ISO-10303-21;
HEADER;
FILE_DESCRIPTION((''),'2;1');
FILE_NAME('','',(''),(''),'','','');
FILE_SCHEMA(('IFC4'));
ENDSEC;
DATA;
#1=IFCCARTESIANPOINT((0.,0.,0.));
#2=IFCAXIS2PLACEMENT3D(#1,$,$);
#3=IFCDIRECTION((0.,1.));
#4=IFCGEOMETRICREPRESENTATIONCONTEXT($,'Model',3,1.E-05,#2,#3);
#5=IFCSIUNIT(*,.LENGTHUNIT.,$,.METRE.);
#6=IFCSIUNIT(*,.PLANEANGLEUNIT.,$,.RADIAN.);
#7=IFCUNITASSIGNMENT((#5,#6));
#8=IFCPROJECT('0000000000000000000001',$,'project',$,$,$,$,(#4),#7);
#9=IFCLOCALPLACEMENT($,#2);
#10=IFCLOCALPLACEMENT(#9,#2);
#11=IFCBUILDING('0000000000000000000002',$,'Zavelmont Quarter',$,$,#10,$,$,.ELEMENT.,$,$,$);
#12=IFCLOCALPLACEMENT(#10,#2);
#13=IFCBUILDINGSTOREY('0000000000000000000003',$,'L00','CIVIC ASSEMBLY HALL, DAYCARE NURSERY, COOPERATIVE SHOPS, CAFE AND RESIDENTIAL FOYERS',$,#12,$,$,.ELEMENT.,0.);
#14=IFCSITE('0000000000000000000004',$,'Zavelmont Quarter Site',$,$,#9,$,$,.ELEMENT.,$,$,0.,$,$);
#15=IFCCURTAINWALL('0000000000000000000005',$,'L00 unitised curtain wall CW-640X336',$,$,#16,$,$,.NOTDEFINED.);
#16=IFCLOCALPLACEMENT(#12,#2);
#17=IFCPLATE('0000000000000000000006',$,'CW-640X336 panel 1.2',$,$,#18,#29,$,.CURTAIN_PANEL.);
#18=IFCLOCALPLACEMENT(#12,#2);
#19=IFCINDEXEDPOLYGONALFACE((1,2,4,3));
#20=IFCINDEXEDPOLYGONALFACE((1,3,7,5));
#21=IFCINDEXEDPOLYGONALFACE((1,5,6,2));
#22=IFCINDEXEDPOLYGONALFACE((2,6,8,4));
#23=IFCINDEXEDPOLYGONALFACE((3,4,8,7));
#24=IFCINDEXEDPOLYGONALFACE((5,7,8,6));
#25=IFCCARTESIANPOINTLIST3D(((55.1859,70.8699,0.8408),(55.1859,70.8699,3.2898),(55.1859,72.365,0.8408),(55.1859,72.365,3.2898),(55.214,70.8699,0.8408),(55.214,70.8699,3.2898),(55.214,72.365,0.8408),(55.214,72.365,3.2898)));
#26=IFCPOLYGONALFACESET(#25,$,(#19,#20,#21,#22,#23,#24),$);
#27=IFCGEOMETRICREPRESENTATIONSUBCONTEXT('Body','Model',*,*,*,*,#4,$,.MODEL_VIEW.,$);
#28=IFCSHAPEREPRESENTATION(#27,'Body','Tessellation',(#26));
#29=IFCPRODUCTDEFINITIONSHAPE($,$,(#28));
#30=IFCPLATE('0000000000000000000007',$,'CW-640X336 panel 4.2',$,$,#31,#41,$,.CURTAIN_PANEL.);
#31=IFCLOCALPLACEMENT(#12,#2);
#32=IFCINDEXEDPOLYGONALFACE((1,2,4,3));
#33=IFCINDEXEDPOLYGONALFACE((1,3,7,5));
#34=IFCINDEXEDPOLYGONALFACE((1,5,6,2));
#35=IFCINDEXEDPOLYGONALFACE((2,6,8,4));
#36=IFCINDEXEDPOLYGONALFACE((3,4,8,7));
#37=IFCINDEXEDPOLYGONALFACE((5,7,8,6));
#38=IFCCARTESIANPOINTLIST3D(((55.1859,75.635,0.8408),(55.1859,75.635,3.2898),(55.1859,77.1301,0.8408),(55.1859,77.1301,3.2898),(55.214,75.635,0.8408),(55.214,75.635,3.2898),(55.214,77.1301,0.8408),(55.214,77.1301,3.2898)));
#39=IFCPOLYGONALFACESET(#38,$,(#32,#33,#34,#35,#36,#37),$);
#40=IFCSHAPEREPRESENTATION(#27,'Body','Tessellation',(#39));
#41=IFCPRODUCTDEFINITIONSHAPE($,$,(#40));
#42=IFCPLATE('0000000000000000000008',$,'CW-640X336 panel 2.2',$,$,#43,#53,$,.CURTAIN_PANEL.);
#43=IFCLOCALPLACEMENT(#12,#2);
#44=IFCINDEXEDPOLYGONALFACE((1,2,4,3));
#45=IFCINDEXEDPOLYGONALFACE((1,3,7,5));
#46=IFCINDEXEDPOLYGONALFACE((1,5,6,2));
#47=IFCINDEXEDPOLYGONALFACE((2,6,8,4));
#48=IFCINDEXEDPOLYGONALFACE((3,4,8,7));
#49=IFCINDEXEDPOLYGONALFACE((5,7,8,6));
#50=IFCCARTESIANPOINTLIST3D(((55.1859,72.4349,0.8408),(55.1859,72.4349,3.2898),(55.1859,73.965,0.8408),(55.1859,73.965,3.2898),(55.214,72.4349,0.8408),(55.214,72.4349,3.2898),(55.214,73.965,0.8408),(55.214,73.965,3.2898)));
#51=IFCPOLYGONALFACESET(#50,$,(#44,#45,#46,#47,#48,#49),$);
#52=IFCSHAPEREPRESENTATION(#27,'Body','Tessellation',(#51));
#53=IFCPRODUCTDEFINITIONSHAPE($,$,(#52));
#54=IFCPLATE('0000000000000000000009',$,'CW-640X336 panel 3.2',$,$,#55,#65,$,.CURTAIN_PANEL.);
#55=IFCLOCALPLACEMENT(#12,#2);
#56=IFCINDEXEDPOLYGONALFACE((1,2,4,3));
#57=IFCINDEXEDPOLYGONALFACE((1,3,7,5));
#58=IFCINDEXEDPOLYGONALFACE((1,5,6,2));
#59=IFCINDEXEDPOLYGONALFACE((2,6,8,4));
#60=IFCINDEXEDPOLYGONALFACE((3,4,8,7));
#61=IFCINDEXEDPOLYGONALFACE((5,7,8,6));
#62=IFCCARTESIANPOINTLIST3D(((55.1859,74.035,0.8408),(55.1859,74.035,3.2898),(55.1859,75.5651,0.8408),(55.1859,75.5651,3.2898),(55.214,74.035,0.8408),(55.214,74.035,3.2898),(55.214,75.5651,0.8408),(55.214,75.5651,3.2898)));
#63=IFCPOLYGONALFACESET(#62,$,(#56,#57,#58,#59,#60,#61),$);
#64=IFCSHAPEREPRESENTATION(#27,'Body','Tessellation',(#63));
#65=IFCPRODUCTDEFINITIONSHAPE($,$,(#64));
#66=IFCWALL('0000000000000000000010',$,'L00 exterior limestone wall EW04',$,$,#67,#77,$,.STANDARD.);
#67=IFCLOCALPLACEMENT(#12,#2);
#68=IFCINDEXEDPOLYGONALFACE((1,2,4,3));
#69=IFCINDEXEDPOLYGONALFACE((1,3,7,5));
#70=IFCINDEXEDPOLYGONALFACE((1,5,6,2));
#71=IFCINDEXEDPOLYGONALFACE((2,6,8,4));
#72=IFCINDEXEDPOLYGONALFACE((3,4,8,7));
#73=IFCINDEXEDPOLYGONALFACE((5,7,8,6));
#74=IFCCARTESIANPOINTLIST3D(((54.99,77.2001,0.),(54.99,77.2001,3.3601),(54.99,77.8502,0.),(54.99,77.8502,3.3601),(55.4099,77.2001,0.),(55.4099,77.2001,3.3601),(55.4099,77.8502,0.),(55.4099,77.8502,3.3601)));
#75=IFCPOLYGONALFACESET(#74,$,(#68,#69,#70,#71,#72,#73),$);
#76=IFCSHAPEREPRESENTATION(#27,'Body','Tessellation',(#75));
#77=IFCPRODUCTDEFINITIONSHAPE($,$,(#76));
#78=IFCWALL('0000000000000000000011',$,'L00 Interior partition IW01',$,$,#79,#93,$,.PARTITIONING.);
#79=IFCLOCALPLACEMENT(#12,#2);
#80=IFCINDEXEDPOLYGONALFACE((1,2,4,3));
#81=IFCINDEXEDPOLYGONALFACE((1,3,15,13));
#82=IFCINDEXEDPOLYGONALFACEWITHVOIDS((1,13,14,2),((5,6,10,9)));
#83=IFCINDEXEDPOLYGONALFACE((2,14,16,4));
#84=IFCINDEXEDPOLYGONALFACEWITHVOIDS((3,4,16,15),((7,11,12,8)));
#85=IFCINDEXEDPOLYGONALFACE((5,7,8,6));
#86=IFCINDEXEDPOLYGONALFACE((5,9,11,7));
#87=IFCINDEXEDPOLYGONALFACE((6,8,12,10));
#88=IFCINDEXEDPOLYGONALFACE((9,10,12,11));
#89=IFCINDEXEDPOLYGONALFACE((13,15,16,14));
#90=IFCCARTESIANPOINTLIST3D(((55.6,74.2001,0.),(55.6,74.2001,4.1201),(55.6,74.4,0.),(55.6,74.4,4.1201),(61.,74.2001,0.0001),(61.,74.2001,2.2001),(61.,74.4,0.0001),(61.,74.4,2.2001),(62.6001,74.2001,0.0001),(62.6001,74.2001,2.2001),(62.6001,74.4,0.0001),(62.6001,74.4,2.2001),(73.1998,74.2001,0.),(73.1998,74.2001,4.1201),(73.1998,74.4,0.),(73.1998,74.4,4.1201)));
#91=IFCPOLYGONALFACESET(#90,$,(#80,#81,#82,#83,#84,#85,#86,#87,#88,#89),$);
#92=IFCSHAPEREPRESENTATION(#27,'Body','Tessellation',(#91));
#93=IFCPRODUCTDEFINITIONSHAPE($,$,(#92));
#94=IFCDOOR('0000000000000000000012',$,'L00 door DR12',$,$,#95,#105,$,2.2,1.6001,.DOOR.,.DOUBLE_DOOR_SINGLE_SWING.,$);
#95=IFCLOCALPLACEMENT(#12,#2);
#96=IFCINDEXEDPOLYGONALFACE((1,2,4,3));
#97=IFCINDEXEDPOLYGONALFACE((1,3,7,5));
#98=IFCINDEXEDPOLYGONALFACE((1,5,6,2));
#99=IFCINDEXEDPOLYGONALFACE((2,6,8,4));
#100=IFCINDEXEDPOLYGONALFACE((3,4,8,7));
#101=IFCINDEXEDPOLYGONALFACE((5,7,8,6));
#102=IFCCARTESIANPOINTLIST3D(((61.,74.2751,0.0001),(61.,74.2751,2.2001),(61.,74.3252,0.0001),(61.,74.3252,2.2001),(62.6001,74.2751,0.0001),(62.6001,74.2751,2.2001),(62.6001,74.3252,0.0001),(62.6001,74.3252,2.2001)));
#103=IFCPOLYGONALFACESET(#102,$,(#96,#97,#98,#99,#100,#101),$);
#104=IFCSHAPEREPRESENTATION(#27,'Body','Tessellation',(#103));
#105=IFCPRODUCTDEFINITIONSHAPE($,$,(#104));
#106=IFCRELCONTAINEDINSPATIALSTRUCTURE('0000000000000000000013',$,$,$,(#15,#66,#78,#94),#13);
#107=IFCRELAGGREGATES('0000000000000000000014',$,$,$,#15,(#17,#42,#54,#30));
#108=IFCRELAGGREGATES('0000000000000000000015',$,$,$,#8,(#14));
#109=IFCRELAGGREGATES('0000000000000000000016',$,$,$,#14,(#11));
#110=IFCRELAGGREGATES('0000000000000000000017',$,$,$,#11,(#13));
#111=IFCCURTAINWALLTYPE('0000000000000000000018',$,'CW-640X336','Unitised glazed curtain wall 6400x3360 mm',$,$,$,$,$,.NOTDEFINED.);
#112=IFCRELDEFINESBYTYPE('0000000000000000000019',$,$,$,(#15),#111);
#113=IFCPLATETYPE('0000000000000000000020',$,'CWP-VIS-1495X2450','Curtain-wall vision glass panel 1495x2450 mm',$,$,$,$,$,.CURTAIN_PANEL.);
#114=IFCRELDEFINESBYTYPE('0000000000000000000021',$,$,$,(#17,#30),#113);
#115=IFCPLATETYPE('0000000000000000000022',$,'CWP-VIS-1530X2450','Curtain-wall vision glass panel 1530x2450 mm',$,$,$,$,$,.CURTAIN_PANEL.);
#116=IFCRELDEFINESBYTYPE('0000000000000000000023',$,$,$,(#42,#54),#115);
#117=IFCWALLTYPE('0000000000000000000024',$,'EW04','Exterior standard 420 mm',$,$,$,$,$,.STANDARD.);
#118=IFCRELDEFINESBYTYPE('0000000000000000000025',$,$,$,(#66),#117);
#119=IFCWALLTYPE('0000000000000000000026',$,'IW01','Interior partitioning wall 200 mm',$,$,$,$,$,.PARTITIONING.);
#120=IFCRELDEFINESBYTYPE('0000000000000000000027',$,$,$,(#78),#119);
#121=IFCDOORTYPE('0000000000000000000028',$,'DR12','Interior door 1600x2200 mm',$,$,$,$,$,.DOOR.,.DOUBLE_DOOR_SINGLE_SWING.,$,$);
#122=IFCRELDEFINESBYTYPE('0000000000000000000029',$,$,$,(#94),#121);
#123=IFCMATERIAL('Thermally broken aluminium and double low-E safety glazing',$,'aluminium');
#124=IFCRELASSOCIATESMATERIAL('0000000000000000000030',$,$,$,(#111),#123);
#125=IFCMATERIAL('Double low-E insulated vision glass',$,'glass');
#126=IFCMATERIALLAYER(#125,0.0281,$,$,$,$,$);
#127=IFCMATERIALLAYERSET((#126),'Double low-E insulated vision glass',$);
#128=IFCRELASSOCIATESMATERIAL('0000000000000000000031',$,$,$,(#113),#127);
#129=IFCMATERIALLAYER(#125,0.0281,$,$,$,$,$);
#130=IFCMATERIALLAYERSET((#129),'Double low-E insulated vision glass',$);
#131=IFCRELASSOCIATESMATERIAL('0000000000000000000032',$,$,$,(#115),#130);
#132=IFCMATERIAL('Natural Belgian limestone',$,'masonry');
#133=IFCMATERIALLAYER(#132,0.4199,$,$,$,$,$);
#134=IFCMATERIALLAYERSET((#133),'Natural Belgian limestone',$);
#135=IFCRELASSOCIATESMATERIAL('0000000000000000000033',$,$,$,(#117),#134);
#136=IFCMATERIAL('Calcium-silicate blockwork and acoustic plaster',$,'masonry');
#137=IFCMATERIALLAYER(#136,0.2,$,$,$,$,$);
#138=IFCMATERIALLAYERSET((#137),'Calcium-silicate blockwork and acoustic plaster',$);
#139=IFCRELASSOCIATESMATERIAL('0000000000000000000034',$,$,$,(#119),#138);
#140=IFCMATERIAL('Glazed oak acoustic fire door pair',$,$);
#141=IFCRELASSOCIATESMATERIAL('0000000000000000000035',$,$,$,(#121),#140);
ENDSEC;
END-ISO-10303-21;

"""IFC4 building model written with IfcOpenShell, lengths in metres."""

from ifc_helpers import new_model, si_unit, direction, frame, frame_2d, origin, origin_2d, place, context, subcontext, project, spatial, rectangle, extrude, material, layer, layer_set, type_object, element, fill, aggregate, save


model = new_model("IFC4")

# Units and contexts
model_context = context("Model", 3, precision=1e-05, world=origin(), true_north=direction((0.0, 1.0)))
body_context = subcontext(model_context, "Body", "Model", "MODEL_VIEW")
ifc_project = project(units=[si_unit("LENGTHUNIT", "METRE"), si_unit("PLANEANGLEUNIT", "RADIAN")], contexts=[model_context])

# Site, building, storey
site_placement = place(None, origin())
site = spatial("IfcSite", under=ifc_project, at=site_placement, Name="Zavelmont Quarter Site", CompositionType="ELEMENT", RefElevation=0.0)
building_placement = place(site_placement, origin())
building = spatial("IfcBuilding", under=site, at=building_placement, Name="Zavelmont Quarter", CompositionType="ELEMENT")
storey_placement = place(building_placement, origin())
storey = spatial("IfcBuildingStorey", under=building, at=storey_placement, Name="L00", Description="CIVIC ASSEMBLY HALL, DAYCARE NURSERY, COOPERATIVE SHOPS, CAFE AND RESIDENTIAL FOYERS", CompositionType="ELEMENT", Elevation=0.0)

# Curtain wall, plates
ifc_material_1 = material(Name="Thermally broken aluminium and double low-E safety glazing", Category="aluminium")
curtain_wall_type = type_object("IfcCurtainWallType", Name="CW-640X336", Description="Unitised glazed curtain wall 6400x3360 mm", PredefinedType="NOTDEFINED", material=ifc_material_1)
curtain_wall_placement = place(storey_placement, origin())
curtain_wall = element("IfcCurtainWall", 1, at=curtain_wall_placement, inside=storey, type_object=curtain_wall_type, Name="L00 unitised curtain wall CW-640X336", PredefinedType="NOTDEFINED")
ifc_material_2 = material(Name="Double low-E insulated vision glass", Category="glass")
ifc_layer_1 = layer(ifc_material_2, 0.0281)
ifc_layer_set_1 = layer_set([ifc_layer_1], Name="Double low-E insulated vision glass")
plate_type_1 = type_object("IfcPlateType", Name="CWP-VIS-1495X2450", Description="Curtain-wall vision glass panel 1495x2450 mm", PredefinedType="CURTAIN_PANEL", material=ifc_layer_set_1)
plate_1_placement = place(storey_placement, frame((55.2, 71.6174, 0.8408), z_axis=(0.0, 0.0, 1.0), x_axis=(0.0, 1.0, 0.0)))
plate_1 = element("IfcPlate", 2, at=plate_1_placement, type_object=plate_type_1, Name="CW-640X336 panel 1.2", PredefinedType="CURTAIN_PANEL", context=body_context, shape_type="SweptSolid", body=[
    extrude(rectangle(XDim=1.4951, YDim=0.0281, at=origin_2d()), origin(), (0.0, 0.0, 1.0), 2.449),
])
plate_2_placement = place(storey_placement, frame((55.2, 76.3826, 0.8408), z_axis=(0.0, 0.0, 1.0), x_axis=(0.0, 1.0, 0.0)))
plate_2 = element("IfcPlate", 3, at=plate_2_placement, type_object=plate_type_1, Name="CW-640X336 panel 4.2", PredefinedType="CURTAIN_PANEL", context=body_context, shape_type="SweptSolid", body=[
    extrude(rectangle(XDim=1.4951, YDim=0.0281, at=origin_2d()), origin(), (0.0, 0.0, 1.0), 2.449),
])
ifc_layer_2 = layer(ifc_material_2, 0.0281)
ifc_layer_set_2 = layer_set([ifc_layer_2], Name="Double low-E insulated vision glass")
plate_type_2 = type_object("IfcPlateType", Name="CWP-VIS-1530X2450", Description="Curtain-wall vision glass panel 1530x2450 mm", PredefinedType="CURTAIN_PANEL", material=ifc_layer_set_2)
plate_3_placement = place(storey_placement, frame((55.2, 73.2, 0.8408), z_axis=(0.0, 0.0, 1.0), x_axis=(0.0, 1.0, 0.0)))
plate_3 = element("IfcPlate", 4, at=plate_3_placement, type_object=plate_type_2, Name="CW-640X336 panel 2.2", PredefinedType="CURTAIN_PANEL", context=body_context, shape_type="SweptSolid", body=[
    extrude(rectangle(XDim=1.53, YDim=0.0281, at=origin_2d()), origin(), (0.0, 0.0, 1.0), 2.449),
])
plate_4_placement = place(storey_placement, frame((55.2, 74.8, 0.8408), z_axis=(0.0, 0.0, 1.0), x_axis=(0.0, 1.0, 0.0)))
plate_4 = element("IfcPlate", 5, at=plate_4_placement, type_object=plate_type_2, Name="CW-640X336 panel 3.2", PredefinedType="CURTAIN_PANEL", context=body_context, shape_type="SweptSolid", body=[
    extrude(rectangle(XDim=1.53, YDim=0.0281, at=origin_2d()), origin(), (0.0, 0.0, 1.0), 2.449),
])
aggregate(curtain_wall, [plate_1, plate_3, plate_4, plate_2])

# Wall
ifc_material_3 = material(Name="Natural Belgian limestone", Category="masonry")
ifc_layer_3 = layer(ifc_material_3, 0.4199)
ifc_layer_set_3 = layer_set([ifc_layer_3], Name="Natural Belgian limestone")
wall_type_1 = type_object("IfcWallType", Name="EW04", Description="Exterior standard 420 mm", PredefinedType="STANDARD", material=ifc_layer_set_3)
wall_1_placement = place(storey_placement, frame((55.2, 77.2, 0.0), z_axis=(0.0, 0.0, 1.0), x_axis=(0.0, 1.0, 0.0)))
element("IfcWall", 6, at=wall_1_placement, inside=storey, type_object=wall_type_1, Name="L00 exterior limestone wall EW04", PredefinedType="STANDARD", context=body_context, shape_type="SweptSolid", body=[
    extrude(rectangle(XDim=0.6501, YDim=0.4199, at=frame_2d((0.3252, 0.0))), origin(), (0.0, 0.0, 1.0), 3.3601),
])

# Wall, opening, door
ifc_material_4 = material(Name="Calcium-silicate blockwork and acoustic plaster", Category="masonry")
ifc_layer_4 = layer(ifc_material_4, 0.2)
ifc_layer_set_4 = layer_set([ifc_layer_4], Name="Calcium-silicate blockwork and acoustic plaster")
wall_type_2 = type_object("IfcWallType", Name="IW01", Description="Interior partitioning wall 200 mm", PredefinedType="PARTITIONING", material=ifc_layer_set_4)
wall_2_placement = place(storey_placement, frame((55.6001, 74.3, 0.0), z_axis=(0.0, 0.0, 1.0), x_axis=(1.0, 0.0, 0.0)))
wall_2 = element("IfcWall", 7, at=wall_2_placement, inside=storey, type_object=wall_type_2, Name="L00 Interior partition IW01", PredefinedType="PARTITIONING", context=body_context, shape_type="SweptSolid", body=[
    extrude(rectangle(XDim=17.5999, YDim=0.2, at=frame_2d((8.7998, 0.0))), origin(), (0.0, 0.0, 1.0), 4.1201),
])
opening_placement = place(wall_2_placement, frame((5.3999, 0.0, 0.0)))
opening = element("IfcOpeningElement", 8, at=opening_placement, cuts=wall_2, PredefinedType="OPENING", context=body_context, shape_type="SweptSolid", body=[
    extrude(rectangle(XDim=1.6001, YDim=2.2, at=frame_2d((0.8, 1.1001))), frame((0.0, 0.1118, 0.0), z_axis=(0.0, -1.0, 0.0), x_axis=(1.0, 0.0, 0.0)), (0.0, 0.0, 1.0), 0.2239),
])
ifc_material_5 = material(Name="Glazed oak acoustic fire door pair")
door_type = type_object("IfcDoorType", Name="DR12", Description="Interior door 1600x2200 mm", OperationType="DOUBLE_DOOR_SINGLE_SWING", PredefinedType="DOOR", material=ifc_material_5)
door_placement = place(opening_placement, frame((1.6001, 0.0, 0.0), z_axis=(0.0, 0.0, 1.0), x_axis=(-1.0, 0.0, 0.0)))
door = element("IfcDoor", 9, at=door_placement, inside=storey, type_object=door_type, Name="L00 door DR12", OperationType="DOUBLE_DOOR_SINGLE_SWING", OverallHeight=2.2, OverallWidth=1.6001, PredefinedType="DOOR", context=body_context, shape_type="SweptSolid", body=[
    extrude(rectangle(XDim=1.6001, YDim=2.2, at=frame_2d((0.8, 1.1001))), frame((0.0, 0.0249, 0.0), z_axis=(0.0, -1.0, 0.0), x_axis=(1.0, 0.0, 0.0)), (0.0, 0.0, 1.0), 0.05),
])
fill(opening, door)

save(model, "model.ifc")
